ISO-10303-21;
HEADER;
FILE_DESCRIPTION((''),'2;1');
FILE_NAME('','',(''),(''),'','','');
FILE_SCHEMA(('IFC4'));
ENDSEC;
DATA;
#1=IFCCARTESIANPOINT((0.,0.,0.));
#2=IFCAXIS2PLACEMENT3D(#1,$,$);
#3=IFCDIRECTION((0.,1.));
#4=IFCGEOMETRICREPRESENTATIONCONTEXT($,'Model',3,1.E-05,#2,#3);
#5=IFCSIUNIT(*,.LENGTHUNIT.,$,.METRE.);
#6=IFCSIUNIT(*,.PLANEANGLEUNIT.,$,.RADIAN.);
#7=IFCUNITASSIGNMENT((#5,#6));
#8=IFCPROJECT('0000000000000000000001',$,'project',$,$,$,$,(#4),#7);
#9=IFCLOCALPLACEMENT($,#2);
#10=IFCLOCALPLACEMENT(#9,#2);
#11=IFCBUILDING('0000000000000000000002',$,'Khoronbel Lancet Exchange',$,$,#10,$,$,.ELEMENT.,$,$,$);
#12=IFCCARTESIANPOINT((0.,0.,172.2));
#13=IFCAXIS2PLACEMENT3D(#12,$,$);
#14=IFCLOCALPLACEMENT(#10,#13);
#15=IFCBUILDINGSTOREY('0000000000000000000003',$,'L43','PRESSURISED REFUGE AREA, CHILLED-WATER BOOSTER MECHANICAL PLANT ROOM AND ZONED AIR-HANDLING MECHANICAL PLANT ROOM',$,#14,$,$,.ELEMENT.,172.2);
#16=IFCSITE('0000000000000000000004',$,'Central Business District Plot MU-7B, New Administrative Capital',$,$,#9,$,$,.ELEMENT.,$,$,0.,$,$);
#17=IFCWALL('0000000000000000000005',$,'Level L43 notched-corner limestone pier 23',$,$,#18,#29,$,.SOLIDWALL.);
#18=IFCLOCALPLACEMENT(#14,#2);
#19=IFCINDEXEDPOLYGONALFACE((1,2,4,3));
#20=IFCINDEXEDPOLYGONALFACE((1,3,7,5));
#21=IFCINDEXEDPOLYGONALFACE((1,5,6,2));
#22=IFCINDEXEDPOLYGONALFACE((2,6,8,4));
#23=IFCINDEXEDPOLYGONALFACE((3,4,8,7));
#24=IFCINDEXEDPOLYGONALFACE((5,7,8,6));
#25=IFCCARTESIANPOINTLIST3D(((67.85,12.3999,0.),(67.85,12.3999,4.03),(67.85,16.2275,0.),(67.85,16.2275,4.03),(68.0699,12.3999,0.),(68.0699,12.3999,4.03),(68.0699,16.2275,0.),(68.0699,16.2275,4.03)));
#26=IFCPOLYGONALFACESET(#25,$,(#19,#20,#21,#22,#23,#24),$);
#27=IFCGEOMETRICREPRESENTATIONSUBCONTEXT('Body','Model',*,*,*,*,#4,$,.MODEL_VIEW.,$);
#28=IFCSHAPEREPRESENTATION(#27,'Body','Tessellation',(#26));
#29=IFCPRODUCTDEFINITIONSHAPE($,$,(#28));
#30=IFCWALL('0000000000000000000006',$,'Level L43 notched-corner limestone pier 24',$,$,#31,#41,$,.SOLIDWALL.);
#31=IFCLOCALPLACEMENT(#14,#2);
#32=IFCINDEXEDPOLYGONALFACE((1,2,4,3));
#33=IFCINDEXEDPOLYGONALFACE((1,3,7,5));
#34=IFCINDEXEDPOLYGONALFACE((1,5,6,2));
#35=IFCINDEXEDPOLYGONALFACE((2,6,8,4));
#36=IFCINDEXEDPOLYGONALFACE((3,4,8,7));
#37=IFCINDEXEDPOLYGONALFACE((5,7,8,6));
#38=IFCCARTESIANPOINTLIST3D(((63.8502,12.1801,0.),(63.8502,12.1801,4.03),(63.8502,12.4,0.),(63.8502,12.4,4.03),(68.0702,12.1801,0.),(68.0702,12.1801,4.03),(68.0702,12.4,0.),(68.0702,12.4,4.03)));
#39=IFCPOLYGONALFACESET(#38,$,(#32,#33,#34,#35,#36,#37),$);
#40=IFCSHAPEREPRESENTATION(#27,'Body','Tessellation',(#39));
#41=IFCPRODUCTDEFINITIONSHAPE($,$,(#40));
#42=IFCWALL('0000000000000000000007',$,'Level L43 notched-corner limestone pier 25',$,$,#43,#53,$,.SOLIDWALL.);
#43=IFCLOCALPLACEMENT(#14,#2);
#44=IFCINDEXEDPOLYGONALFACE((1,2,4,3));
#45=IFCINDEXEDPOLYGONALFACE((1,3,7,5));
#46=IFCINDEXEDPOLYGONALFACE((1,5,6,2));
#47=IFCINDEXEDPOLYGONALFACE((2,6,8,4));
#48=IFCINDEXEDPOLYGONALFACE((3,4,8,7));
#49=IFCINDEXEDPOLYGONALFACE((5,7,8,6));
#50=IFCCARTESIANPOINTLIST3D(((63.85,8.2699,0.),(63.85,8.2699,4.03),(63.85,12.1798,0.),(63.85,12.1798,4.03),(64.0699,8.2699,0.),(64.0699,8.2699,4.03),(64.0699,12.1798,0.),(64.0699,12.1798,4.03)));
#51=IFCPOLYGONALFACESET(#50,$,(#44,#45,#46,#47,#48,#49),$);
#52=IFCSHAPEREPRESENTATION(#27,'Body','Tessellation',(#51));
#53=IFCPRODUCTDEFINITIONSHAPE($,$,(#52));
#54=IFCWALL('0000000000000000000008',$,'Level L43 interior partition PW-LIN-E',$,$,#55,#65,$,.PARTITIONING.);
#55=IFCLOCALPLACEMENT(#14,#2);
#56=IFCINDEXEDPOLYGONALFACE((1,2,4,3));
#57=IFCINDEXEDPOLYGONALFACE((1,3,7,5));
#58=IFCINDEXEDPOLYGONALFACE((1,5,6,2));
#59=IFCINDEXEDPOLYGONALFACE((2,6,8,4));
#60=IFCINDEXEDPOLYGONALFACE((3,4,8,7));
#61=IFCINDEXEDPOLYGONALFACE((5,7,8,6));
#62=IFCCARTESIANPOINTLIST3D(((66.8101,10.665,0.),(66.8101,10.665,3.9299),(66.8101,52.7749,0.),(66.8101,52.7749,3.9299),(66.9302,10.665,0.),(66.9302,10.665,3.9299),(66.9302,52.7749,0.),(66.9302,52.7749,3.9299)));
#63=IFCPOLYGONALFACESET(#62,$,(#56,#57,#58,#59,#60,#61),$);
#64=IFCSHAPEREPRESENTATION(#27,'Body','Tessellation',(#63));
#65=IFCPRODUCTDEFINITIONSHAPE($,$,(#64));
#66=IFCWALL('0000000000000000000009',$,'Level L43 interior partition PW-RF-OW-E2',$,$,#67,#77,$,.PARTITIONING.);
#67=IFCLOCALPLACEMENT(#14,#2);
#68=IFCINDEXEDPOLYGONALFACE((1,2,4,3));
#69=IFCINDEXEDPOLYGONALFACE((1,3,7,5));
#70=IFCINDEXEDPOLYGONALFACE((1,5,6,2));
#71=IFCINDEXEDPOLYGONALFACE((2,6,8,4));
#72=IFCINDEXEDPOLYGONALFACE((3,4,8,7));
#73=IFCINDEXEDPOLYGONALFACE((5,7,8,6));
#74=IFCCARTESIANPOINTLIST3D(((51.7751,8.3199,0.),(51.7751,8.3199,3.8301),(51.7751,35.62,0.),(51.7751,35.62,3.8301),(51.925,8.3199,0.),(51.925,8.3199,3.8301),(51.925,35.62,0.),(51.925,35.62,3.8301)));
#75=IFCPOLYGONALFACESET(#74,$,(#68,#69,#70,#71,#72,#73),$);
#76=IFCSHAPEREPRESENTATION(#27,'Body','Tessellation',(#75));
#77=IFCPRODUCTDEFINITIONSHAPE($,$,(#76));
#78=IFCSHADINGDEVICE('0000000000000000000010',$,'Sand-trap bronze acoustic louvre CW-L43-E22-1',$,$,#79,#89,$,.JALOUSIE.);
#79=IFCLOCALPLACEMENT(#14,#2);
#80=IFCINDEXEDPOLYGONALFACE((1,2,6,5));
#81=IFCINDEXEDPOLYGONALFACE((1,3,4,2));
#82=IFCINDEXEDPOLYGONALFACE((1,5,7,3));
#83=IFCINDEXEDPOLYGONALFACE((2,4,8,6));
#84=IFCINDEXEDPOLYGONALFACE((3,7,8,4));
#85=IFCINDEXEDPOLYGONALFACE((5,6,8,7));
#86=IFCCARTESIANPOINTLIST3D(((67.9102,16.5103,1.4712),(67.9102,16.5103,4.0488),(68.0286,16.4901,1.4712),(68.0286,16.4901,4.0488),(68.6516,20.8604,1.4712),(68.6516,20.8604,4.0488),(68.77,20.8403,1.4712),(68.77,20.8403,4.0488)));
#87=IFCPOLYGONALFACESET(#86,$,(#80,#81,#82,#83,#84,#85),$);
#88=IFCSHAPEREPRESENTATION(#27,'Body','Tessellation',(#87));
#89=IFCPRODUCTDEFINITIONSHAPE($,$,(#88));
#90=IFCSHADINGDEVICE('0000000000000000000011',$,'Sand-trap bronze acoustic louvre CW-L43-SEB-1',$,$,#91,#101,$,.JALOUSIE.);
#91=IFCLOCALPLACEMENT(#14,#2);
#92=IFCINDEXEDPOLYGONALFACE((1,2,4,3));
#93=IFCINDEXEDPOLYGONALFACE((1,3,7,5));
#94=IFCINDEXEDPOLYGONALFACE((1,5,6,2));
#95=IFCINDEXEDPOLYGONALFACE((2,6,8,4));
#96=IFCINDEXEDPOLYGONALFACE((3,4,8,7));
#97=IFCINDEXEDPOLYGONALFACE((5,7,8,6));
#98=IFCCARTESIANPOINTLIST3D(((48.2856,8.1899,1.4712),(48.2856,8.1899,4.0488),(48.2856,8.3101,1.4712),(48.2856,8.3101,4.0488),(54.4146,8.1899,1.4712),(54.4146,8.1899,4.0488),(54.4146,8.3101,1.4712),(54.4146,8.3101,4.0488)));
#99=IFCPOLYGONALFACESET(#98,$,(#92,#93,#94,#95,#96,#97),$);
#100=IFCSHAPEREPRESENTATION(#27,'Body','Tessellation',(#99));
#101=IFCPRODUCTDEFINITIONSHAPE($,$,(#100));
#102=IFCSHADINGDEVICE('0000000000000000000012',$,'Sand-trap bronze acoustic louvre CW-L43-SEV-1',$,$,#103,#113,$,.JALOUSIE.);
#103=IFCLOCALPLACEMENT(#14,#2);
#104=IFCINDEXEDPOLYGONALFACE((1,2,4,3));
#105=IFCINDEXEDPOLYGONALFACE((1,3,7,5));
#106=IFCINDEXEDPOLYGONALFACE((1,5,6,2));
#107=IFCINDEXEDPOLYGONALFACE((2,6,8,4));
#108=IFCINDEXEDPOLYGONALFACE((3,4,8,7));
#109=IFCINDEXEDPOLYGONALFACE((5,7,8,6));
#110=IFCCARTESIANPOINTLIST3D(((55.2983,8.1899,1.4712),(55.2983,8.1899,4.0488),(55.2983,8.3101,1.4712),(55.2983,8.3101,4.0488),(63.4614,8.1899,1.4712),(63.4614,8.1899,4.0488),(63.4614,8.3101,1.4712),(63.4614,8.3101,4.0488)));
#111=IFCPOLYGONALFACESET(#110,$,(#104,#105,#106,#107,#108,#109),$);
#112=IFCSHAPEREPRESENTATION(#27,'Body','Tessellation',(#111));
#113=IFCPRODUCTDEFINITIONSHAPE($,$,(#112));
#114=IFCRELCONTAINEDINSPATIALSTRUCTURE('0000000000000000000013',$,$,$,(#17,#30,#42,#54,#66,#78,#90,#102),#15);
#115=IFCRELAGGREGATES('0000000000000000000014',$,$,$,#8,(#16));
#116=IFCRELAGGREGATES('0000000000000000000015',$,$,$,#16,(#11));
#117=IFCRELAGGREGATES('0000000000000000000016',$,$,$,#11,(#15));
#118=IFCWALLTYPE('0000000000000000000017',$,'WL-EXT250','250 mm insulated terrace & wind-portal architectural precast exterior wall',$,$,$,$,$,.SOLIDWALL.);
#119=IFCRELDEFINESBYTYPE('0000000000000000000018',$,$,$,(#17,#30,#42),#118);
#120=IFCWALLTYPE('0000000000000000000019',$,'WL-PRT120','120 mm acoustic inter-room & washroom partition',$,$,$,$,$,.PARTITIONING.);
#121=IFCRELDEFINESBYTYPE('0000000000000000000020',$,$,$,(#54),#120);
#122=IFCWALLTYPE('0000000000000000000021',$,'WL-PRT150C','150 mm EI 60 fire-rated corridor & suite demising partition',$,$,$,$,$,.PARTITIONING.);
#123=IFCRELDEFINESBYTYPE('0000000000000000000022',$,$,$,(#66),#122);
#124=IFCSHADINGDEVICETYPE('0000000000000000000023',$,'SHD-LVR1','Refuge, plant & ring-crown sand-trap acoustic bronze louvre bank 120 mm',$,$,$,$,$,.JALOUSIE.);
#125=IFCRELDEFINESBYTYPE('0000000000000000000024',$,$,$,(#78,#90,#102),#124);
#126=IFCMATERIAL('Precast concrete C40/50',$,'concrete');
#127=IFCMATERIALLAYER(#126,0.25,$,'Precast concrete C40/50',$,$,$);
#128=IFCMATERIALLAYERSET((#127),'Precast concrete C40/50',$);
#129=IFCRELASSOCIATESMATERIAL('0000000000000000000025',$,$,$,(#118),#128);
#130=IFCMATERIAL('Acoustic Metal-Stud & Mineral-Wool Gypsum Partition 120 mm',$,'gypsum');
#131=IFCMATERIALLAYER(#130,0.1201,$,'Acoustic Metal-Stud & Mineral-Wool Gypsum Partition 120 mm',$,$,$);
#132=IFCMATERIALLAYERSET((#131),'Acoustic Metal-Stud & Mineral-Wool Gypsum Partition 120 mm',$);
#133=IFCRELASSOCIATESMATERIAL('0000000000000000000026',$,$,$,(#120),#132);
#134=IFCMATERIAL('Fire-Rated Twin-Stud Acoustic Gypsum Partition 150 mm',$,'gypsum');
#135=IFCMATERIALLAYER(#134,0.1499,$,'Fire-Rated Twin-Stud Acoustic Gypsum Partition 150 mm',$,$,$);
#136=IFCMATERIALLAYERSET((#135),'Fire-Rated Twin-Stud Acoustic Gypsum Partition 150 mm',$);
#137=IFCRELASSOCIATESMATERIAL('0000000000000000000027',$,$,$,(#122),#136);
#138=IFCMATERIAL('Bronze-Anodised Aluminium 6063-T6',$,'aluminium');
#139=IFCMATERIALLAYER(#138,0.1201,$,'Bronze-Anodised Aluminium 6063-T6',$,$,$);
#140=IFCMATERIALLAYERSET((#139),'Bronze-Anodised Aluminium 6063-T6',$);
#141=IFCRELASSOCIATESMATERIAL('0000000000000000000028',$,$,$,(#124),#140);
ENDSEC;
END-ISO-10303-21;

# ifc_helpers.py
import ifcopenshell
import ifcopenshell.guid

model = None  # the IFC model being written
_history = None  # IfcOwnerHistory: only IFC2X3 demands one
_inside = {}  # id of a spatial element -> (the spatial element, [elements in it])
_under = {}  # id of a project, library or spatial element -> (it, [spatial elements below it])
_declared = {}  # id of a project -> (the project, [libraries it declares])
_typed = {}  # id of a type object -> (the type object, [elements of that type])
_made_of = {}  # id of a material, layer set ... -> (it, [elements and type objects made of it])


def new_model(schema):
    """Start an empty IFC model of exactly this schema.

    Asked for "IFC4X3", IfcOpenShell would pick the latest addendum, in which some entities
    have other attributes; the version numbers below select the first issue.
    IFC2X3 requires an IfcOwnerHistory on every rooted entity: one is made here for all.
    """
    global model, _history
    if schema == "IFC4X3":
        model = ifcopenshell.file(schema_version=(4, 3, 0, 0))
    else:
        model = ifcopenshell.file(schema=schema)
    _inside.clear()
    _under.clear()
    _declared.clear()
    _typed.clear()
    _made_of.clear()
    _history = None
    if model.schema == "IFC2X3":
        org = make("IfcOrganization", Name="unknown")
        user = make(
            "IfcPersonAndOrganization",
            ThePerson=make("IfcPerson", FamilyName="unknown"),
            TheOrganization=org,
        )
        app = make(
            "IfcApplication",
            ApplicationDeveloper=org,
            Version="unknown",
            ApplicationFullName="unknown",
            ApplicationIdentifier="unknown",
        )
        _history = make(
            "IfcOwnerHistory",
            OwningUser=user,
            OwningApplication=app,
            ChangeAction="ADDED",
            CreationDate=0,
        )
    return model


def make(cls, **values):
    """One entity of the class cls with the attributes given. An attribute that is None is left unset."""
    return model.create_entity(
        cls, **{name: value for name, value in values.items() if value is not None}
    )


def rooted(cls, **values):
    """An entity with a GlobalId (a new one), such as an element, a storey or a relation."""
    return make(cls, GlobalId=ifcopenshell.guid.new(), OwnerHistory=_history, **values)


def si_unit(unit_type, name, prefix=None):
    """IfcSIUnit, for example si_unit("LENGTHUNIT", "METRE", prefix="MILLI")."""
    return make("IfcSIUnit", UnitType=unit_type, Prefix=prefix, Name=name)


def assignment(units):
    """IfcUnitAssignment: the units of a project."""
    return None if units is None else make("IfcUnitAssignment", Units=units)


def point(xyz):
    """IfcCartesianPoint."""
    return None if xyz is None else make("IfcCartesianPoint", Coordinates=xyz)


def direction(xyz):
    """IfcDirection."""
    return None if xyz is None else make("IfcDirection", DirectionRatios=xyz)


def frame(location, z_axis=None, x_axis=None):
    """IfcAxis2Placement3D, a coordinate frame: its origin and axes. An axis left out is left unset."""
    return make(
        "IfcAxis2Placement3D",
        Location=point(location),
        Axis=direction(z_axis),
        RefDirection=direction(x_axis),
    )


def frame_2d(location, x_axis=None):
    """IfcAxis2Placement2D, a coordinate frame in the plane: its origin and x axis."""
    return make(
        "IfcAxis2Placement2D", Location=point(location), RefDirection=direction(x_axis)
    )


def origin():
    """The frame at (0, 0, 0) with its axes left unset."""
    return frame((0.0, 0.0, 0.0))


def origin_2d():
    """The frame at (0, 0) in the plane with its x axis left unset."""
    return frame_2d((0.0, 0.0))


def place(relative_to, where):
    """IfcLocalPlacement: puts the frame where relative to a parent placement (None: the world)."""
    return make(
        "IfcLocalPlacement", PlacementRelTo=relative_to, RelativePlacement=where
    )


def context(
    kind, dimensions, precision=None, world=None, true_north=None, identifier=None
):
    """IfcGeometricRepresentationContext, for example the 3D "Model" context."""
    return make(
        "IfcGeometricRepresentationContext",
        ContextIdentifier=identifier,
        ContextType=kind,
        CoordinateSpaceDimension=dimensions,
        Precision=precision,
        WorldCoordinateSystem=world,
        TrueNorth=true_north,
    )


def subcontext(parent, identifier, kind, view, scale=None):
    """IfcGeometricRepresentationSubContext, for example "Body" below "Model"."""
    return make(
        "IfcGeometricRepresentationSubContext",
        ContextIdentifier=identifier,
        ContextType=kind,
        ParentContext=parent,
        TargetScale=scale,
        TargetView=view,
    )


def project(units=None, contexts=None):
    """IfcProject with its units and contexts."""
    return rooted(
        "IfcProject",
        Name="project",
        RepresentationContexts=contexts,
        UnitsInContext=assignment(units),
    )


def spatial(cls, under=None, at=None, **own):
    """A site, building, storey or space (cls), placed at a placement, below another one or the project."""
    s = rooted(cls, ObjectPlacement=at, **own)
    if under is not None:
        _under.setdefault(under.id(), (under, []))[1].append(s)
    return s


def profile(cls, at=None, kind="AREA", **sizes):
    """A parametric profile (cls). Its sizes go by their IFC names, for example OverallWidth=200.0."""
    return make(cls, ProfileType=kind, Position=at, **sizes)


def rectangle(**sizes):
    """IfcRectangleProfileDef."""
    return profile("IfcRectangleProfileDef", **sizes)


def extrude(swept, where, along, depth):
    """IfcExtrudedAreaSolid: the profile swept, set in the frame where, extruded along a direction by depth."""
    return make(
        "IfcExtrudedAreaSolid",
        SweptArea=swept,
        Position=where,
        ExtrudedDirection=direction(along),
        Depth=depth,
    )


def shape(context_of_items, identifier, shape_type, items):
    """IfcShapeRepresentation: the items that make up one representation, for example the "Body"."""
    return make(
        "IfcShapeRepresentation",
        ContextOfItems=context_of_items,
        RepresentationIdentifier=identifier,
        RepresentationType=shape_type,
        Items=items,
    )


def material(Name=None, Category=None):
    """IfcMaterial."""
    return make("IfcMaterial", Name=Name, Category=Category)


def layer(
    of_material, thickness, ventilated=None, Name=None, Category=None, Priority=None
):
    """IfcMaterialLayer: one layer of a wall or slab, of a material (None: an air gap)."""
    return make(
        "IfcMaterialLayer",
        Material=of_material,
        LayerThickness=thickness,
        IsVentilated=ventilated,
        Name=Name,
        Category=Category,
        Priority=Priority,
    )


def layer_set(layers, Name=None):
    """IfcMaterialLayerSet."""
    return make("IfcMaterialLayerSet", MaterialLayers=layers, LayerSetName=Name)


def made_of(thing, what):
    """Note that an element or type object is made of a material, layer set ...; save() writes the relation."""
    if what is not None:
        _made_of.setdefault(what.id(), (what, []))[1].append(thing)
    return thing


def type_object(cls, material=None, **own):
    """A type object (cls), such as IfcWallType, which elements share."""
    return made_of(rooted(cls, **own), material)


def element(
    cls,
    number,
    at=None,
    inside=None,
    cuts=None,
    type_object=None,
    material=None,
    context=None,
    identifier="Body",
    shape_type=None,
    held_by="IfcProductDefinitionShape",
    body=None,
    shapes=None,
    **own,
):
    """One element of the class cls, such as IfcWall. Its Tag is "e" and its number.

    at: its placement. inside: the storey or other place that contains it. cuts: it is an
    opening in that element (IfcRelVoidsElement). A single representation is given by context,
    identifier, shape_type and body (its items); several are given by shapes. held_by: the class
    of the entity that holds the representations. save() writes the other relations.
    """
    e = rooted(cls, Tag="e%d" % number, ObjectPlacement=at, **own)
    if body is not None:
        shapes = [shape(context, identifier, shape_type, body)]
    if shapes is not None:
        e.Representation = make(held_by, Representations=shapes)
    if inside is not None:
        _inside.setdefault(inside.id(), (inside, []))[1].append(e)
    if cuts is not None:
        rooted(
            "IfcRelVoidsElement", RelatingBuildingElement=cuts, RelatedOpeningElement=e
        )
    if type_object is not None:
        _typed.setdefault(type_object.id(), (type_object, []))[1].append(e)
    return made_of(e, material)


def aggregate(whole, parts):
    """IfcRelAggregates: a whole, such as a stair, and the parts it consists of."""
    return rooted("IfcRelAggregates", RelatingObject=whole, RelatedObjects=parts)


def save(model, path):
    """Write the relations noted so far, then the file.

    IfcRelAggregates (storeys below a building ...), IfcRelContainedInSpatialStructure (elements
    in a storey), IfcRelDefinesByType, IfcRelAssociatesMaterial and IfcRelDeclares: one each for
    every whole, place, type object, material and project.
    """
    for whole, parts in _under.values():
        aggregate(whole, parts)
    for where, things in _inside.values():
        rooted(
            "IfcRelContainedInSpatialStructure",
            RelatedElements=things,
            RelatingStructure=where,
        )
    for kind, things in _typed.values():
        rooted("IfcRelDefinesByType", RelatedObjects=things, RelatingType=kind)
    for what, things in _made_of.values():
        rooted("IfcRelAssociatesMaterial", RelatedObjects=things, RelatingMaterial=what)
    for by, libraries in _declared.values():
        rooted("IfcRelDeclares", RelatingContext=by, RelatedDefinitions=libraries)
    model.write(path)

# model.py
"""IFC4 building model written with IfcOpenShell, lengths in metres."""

from ifc_helpers import new_model, si_unit, direction, frame, frame_2d, origin, origin_2d, place, context, subcontext, project, spatial, rectangle, extrude, material, layer, layer_set, type_object, element, save


model = new_model("IFC4")

# Units and contexts
model_context = context("Model", 3, precision=1e-05, world=origin(), true_north=direction((0.0, 1.0)))
body_context = subcontext(model_context, "Body", "Model", "MODEL_VIEW")
ifc_project = project(units=[si_unit("LENGTHUNIT", "METRE"), si_unit("PLANEANGLEUNIT", "RADIAN")], contexts=[model_context])

# Site, building, storey
site_placement = place(None, origin())
site = spatial("IfcSite", under=ifc_project, at=site_placement, Name="Central Business District Plot MU-7B, New Administrative Capital", CompositionType="ELEMENT", RefElevation=0.0)
building_placement = place(site_placement, origin())
building = spatial("IfcBuilding", under=site, at=building_placement, Name="Khoronbel Lancet Exchange", CompositionType="ELEMENT")
storey_placement = place(building_placement, frame((0.0, 0.0, 172.2)))
storey = spatial("IfcBuildingStorey", under=building, at=storey_placement, Name="L43", Description="PRESSURISED REFUGE AREA, CHILLED-WATER BOOSTER MECHANICAL PLANT ROOM AND ZONED AIR-HANDLING MECHANICAL PLANT ROOM", CompositionType="ELEMENT", Elevation=172.2)

# Shared definitions
ifc_material_1 = material(Name="Bronze-Anodised Aluminium 6063-T6", Category="aluminium")

# Walls
ifc_material_2 = material(Name="Precast concrete C40/50", Category="concrete")
ifc_layer_1 = layer(ifc_material_2, 0.25, Name="Precast concrete C40/50")
ifc_layer_set_1 = layer_set([ifc_layer_1], Name="Precast concrete C40/50")
wall_type_1 = type_object("IfcWallType", Name="WL-EXT250", Description="250 mm insulated terrace & wind-portal architectural precast exterior wall", PredefinedType="SOLIDWALL", material=ifc_layer_set_1)
wall_1_placement = place(storey_placement, frame((67.96, 16.2275, 0.0), z_axis=(0.0, 0.0, 1.0), x_axis=(0.0, -1.0, 0.0)))
element("IfcWall", 1, at=wall_1_placement, inside=storey, type_object=wall_type_1, Name="Level L43 notched-corner limestone pier 23", PredefinedType="SOLIDWALL", context=body_context, shape_type="SweptSolid", body=[
    extrude(rectangle(XDim=3.8276, YDim=0.22, at=frame_2d((1.9138, 0.0))), origin(), (0.0, 0.0, 1.0), 4.03),
])
wall_2_placement = place(storey_placement, frame((68.0701, 12.29, 0.0), z_axis=(0.0, 0.0, 1.0), x_axis=(-1.0, 0.0, 0.0)))
element("IfcWall", 2, at=wall_2_placement, inside=storey, type_object=wall_type_1, Name="Level L43 notched-corner limestone pier 24", PredefinedType="SOLIDWALL", context=body_context, shape_type="SweptSolid", body=[
    extrude(rectangle(XDim=4.22, YDim=0.22, at=frame_2d((2.1099, 0.0))), origin(), (0.0, 0.0, 1.0), 4.03),
])
wall_3_placement = place(storey_placement, frame((63.96, 12.1799, 0.0), z_axis=(0.0, 0.0, 1.0), x_axis=(0.0, -1.0, 0.0)))
element("IfcWall", 3, at=wall_3_placement, inside=storey, type_object=wall_type_1, Name="Level L43 notched-corner limestone pier 25", PredefinedType="SOLIDWALL", context=body_context, shape_type="SweptSolid", body=[
    extrude(rectangle(XDim=3.9099, YDim=0.22, at=frame_2d((1.9551, 0.0))), origin(), (0.0, 0.0, 1.0), 4.03),
])
ifc_material_3 = material(Name="Acoustic Metal-Stud & Mineral-Wool Gypsum Partition 120 mm", Category="gypsum")
ifc_layer_2 = layer(ifc_material_3, 0.1201, Name="Acoustic Metal-Stud & Mineral-Wool Gypsum Partition 120 mm")
ifc_layer_set_2 = layer_set([ifc_layer_2], Name="Acoustic Metal-Stud & Mineral-Wool Gypsum Partition 120 mm")
wall_type_2 = type_object("IfcWallType", Name="WL-PRT120", Description="120 mm acoustic inter-room & washroom partition", PredefinedType="PARTITIONING", material=ifc_layer_set_2)
wall_4_placement = place(storey_placement, frame((66.8701, 10.665, 0.0), z_axis=(0.0, 0.0, 1.0), x_axis=(0.0, 1.0, 0.0)))
element("IfcWall", 4, at=wall_4_placement, inside=storey, type_object=wall_type_2, Name="Level L43 interior partition PW-LIN-E", PredefinedType="PARTITIONING", context=body_context, shape_type="SweptSolid", body=[
    extrude(rectangle(XDim=42.1099, YDim=0.1201, at=frame_2d((21.0549, 0.0))), origin(), (0.0, 0.0, 1.0), 3.9299),
])
ifc_material_4 = material(Name="Fire-Rated Twin-Stud Acoustic Gypsum Partition 150 mm", Category="gypsum")
ifc_layer_3 = layer(ifc_material_4, 0.1499, Name="Fire-Rated Twin-Stud Acoustic Gypsum Partition 150 mm")
ifc_layer_set_3 = layer_set([ifc_layer_3], Name="Fire-Rated Twin-Stud Acoustic Gypsum Partition 150 mm")
wall_type_3 = type_object("IfcWallType", Name="WL-PRT150C", Description="150 mm EI 60 fire-rated corridor & suite demising partition", PredefinedType="PARTITIONING", material=ifc_layer_set_3)
wall_5_placement = place(storey_placement, frame((51.8501, 8.3201, 0.0), z_axis=(0.0, 0.0, 1.0), x_axis=(0.0, 1.0, 0.0)))
element("IfcWall", 5, at=wall_5_placement, inside=storey, type_object=wall_type_3, Name="Level L43 interior partition PW-RF-OW-E2", PredefinedType="PARTITIONING", context=body_context, shape_type="SweptSolid", body=[
    extrude(rectangle(XDim=27.3, YDim=0.1499, at=frame_2d((13.6499, 0.0))), origin(), (0.0, 0.0, 1.0), 3.8301),
])

# Shading devices
ifc_layer_4 = layer(ifc_material_1, 0.1201, Name="Bronze-Anodised Aluminium 6063-T6")
ifc_layer_set_4 = layer_set([ifc_layer_4], Name="Bronze-Anodised Aluminium 6063-T6")
shading_device_type = type_object("IfcShadingDeviceType", Name="SHD-LVR1", Description="Refuge, plant & ring-crown sand-trap acoustic bronze louvre bank 120 mm", PredefinedType="JALOUSIE", material=ifc_layer_set_4)
shading_device_1_placement = place(storey_placement, frame((68.3401, 18.6753, 1.4712), z_axis=(0.0, 0.0, 1.0), x_axis=(-0.168009, -0.985785, 0.0)))
element("IfcShadingDevice", 6, at=shading_device_1_placement, inside=storey, type_object=shading_device_type, Name="Sand-trap bronze acoustic louvre CW-L43-E22-1", PredefinedType="JALOUSIE", context=body_context, shape_type="SweptSolid", body=[
    extrude(rectangle(XDim=4.4128, YDim=0.1201, at=origin_2d()), origin(), (0.0, 0.0, 1.0), 2.5776),
])
shading_device_2_placement = place(storey_placement, frame((51.3501, 8.25, 1.4712), z_axis=(0.0, 0.0, 1.0), x_axis=(1.0, 0.0, 0.0)))
element("IfcShadingDevice", 7, at=shading_device_2_placement, inside=storey, type_object=shading_device_type, Name="Sand-trap bronze acoustic louvre CW-L43-SEB-1", PredefinedType="JALOUSIE", context=body_context, shape_type="SweptSolid", body=[
    extrude(rectangle(XDim=6.1289, YDim=0.1201, at=origin_2d()), origin(), (0.0, 0.0, 1.0), 2.5776),
])
shading_device_3_placement = place(storey_placement, frame((59.3799, 8.25, 1.4712), z_axis=(0.0, 0.0, 1.0), x_axis=(1.0, 0.0, 0.0)))
element("IfcShadingDevice", 8, at=shading_device_3_placement, inside=storey, type_object=shading_device_type, Name="Sand-trap bronze acoustic louvre CW-L43-SEV-1", PredefinedType="JALOUSIE", context=body_context, shape_type="SweptSolid", body=[
    extrude(rectangle(XDim=8.1631, YDim=0.1201, at=origin_2d()), origin(), (0.0, 0.0, 1.0), 2.5776),
])

save(model, "model.ifc")
